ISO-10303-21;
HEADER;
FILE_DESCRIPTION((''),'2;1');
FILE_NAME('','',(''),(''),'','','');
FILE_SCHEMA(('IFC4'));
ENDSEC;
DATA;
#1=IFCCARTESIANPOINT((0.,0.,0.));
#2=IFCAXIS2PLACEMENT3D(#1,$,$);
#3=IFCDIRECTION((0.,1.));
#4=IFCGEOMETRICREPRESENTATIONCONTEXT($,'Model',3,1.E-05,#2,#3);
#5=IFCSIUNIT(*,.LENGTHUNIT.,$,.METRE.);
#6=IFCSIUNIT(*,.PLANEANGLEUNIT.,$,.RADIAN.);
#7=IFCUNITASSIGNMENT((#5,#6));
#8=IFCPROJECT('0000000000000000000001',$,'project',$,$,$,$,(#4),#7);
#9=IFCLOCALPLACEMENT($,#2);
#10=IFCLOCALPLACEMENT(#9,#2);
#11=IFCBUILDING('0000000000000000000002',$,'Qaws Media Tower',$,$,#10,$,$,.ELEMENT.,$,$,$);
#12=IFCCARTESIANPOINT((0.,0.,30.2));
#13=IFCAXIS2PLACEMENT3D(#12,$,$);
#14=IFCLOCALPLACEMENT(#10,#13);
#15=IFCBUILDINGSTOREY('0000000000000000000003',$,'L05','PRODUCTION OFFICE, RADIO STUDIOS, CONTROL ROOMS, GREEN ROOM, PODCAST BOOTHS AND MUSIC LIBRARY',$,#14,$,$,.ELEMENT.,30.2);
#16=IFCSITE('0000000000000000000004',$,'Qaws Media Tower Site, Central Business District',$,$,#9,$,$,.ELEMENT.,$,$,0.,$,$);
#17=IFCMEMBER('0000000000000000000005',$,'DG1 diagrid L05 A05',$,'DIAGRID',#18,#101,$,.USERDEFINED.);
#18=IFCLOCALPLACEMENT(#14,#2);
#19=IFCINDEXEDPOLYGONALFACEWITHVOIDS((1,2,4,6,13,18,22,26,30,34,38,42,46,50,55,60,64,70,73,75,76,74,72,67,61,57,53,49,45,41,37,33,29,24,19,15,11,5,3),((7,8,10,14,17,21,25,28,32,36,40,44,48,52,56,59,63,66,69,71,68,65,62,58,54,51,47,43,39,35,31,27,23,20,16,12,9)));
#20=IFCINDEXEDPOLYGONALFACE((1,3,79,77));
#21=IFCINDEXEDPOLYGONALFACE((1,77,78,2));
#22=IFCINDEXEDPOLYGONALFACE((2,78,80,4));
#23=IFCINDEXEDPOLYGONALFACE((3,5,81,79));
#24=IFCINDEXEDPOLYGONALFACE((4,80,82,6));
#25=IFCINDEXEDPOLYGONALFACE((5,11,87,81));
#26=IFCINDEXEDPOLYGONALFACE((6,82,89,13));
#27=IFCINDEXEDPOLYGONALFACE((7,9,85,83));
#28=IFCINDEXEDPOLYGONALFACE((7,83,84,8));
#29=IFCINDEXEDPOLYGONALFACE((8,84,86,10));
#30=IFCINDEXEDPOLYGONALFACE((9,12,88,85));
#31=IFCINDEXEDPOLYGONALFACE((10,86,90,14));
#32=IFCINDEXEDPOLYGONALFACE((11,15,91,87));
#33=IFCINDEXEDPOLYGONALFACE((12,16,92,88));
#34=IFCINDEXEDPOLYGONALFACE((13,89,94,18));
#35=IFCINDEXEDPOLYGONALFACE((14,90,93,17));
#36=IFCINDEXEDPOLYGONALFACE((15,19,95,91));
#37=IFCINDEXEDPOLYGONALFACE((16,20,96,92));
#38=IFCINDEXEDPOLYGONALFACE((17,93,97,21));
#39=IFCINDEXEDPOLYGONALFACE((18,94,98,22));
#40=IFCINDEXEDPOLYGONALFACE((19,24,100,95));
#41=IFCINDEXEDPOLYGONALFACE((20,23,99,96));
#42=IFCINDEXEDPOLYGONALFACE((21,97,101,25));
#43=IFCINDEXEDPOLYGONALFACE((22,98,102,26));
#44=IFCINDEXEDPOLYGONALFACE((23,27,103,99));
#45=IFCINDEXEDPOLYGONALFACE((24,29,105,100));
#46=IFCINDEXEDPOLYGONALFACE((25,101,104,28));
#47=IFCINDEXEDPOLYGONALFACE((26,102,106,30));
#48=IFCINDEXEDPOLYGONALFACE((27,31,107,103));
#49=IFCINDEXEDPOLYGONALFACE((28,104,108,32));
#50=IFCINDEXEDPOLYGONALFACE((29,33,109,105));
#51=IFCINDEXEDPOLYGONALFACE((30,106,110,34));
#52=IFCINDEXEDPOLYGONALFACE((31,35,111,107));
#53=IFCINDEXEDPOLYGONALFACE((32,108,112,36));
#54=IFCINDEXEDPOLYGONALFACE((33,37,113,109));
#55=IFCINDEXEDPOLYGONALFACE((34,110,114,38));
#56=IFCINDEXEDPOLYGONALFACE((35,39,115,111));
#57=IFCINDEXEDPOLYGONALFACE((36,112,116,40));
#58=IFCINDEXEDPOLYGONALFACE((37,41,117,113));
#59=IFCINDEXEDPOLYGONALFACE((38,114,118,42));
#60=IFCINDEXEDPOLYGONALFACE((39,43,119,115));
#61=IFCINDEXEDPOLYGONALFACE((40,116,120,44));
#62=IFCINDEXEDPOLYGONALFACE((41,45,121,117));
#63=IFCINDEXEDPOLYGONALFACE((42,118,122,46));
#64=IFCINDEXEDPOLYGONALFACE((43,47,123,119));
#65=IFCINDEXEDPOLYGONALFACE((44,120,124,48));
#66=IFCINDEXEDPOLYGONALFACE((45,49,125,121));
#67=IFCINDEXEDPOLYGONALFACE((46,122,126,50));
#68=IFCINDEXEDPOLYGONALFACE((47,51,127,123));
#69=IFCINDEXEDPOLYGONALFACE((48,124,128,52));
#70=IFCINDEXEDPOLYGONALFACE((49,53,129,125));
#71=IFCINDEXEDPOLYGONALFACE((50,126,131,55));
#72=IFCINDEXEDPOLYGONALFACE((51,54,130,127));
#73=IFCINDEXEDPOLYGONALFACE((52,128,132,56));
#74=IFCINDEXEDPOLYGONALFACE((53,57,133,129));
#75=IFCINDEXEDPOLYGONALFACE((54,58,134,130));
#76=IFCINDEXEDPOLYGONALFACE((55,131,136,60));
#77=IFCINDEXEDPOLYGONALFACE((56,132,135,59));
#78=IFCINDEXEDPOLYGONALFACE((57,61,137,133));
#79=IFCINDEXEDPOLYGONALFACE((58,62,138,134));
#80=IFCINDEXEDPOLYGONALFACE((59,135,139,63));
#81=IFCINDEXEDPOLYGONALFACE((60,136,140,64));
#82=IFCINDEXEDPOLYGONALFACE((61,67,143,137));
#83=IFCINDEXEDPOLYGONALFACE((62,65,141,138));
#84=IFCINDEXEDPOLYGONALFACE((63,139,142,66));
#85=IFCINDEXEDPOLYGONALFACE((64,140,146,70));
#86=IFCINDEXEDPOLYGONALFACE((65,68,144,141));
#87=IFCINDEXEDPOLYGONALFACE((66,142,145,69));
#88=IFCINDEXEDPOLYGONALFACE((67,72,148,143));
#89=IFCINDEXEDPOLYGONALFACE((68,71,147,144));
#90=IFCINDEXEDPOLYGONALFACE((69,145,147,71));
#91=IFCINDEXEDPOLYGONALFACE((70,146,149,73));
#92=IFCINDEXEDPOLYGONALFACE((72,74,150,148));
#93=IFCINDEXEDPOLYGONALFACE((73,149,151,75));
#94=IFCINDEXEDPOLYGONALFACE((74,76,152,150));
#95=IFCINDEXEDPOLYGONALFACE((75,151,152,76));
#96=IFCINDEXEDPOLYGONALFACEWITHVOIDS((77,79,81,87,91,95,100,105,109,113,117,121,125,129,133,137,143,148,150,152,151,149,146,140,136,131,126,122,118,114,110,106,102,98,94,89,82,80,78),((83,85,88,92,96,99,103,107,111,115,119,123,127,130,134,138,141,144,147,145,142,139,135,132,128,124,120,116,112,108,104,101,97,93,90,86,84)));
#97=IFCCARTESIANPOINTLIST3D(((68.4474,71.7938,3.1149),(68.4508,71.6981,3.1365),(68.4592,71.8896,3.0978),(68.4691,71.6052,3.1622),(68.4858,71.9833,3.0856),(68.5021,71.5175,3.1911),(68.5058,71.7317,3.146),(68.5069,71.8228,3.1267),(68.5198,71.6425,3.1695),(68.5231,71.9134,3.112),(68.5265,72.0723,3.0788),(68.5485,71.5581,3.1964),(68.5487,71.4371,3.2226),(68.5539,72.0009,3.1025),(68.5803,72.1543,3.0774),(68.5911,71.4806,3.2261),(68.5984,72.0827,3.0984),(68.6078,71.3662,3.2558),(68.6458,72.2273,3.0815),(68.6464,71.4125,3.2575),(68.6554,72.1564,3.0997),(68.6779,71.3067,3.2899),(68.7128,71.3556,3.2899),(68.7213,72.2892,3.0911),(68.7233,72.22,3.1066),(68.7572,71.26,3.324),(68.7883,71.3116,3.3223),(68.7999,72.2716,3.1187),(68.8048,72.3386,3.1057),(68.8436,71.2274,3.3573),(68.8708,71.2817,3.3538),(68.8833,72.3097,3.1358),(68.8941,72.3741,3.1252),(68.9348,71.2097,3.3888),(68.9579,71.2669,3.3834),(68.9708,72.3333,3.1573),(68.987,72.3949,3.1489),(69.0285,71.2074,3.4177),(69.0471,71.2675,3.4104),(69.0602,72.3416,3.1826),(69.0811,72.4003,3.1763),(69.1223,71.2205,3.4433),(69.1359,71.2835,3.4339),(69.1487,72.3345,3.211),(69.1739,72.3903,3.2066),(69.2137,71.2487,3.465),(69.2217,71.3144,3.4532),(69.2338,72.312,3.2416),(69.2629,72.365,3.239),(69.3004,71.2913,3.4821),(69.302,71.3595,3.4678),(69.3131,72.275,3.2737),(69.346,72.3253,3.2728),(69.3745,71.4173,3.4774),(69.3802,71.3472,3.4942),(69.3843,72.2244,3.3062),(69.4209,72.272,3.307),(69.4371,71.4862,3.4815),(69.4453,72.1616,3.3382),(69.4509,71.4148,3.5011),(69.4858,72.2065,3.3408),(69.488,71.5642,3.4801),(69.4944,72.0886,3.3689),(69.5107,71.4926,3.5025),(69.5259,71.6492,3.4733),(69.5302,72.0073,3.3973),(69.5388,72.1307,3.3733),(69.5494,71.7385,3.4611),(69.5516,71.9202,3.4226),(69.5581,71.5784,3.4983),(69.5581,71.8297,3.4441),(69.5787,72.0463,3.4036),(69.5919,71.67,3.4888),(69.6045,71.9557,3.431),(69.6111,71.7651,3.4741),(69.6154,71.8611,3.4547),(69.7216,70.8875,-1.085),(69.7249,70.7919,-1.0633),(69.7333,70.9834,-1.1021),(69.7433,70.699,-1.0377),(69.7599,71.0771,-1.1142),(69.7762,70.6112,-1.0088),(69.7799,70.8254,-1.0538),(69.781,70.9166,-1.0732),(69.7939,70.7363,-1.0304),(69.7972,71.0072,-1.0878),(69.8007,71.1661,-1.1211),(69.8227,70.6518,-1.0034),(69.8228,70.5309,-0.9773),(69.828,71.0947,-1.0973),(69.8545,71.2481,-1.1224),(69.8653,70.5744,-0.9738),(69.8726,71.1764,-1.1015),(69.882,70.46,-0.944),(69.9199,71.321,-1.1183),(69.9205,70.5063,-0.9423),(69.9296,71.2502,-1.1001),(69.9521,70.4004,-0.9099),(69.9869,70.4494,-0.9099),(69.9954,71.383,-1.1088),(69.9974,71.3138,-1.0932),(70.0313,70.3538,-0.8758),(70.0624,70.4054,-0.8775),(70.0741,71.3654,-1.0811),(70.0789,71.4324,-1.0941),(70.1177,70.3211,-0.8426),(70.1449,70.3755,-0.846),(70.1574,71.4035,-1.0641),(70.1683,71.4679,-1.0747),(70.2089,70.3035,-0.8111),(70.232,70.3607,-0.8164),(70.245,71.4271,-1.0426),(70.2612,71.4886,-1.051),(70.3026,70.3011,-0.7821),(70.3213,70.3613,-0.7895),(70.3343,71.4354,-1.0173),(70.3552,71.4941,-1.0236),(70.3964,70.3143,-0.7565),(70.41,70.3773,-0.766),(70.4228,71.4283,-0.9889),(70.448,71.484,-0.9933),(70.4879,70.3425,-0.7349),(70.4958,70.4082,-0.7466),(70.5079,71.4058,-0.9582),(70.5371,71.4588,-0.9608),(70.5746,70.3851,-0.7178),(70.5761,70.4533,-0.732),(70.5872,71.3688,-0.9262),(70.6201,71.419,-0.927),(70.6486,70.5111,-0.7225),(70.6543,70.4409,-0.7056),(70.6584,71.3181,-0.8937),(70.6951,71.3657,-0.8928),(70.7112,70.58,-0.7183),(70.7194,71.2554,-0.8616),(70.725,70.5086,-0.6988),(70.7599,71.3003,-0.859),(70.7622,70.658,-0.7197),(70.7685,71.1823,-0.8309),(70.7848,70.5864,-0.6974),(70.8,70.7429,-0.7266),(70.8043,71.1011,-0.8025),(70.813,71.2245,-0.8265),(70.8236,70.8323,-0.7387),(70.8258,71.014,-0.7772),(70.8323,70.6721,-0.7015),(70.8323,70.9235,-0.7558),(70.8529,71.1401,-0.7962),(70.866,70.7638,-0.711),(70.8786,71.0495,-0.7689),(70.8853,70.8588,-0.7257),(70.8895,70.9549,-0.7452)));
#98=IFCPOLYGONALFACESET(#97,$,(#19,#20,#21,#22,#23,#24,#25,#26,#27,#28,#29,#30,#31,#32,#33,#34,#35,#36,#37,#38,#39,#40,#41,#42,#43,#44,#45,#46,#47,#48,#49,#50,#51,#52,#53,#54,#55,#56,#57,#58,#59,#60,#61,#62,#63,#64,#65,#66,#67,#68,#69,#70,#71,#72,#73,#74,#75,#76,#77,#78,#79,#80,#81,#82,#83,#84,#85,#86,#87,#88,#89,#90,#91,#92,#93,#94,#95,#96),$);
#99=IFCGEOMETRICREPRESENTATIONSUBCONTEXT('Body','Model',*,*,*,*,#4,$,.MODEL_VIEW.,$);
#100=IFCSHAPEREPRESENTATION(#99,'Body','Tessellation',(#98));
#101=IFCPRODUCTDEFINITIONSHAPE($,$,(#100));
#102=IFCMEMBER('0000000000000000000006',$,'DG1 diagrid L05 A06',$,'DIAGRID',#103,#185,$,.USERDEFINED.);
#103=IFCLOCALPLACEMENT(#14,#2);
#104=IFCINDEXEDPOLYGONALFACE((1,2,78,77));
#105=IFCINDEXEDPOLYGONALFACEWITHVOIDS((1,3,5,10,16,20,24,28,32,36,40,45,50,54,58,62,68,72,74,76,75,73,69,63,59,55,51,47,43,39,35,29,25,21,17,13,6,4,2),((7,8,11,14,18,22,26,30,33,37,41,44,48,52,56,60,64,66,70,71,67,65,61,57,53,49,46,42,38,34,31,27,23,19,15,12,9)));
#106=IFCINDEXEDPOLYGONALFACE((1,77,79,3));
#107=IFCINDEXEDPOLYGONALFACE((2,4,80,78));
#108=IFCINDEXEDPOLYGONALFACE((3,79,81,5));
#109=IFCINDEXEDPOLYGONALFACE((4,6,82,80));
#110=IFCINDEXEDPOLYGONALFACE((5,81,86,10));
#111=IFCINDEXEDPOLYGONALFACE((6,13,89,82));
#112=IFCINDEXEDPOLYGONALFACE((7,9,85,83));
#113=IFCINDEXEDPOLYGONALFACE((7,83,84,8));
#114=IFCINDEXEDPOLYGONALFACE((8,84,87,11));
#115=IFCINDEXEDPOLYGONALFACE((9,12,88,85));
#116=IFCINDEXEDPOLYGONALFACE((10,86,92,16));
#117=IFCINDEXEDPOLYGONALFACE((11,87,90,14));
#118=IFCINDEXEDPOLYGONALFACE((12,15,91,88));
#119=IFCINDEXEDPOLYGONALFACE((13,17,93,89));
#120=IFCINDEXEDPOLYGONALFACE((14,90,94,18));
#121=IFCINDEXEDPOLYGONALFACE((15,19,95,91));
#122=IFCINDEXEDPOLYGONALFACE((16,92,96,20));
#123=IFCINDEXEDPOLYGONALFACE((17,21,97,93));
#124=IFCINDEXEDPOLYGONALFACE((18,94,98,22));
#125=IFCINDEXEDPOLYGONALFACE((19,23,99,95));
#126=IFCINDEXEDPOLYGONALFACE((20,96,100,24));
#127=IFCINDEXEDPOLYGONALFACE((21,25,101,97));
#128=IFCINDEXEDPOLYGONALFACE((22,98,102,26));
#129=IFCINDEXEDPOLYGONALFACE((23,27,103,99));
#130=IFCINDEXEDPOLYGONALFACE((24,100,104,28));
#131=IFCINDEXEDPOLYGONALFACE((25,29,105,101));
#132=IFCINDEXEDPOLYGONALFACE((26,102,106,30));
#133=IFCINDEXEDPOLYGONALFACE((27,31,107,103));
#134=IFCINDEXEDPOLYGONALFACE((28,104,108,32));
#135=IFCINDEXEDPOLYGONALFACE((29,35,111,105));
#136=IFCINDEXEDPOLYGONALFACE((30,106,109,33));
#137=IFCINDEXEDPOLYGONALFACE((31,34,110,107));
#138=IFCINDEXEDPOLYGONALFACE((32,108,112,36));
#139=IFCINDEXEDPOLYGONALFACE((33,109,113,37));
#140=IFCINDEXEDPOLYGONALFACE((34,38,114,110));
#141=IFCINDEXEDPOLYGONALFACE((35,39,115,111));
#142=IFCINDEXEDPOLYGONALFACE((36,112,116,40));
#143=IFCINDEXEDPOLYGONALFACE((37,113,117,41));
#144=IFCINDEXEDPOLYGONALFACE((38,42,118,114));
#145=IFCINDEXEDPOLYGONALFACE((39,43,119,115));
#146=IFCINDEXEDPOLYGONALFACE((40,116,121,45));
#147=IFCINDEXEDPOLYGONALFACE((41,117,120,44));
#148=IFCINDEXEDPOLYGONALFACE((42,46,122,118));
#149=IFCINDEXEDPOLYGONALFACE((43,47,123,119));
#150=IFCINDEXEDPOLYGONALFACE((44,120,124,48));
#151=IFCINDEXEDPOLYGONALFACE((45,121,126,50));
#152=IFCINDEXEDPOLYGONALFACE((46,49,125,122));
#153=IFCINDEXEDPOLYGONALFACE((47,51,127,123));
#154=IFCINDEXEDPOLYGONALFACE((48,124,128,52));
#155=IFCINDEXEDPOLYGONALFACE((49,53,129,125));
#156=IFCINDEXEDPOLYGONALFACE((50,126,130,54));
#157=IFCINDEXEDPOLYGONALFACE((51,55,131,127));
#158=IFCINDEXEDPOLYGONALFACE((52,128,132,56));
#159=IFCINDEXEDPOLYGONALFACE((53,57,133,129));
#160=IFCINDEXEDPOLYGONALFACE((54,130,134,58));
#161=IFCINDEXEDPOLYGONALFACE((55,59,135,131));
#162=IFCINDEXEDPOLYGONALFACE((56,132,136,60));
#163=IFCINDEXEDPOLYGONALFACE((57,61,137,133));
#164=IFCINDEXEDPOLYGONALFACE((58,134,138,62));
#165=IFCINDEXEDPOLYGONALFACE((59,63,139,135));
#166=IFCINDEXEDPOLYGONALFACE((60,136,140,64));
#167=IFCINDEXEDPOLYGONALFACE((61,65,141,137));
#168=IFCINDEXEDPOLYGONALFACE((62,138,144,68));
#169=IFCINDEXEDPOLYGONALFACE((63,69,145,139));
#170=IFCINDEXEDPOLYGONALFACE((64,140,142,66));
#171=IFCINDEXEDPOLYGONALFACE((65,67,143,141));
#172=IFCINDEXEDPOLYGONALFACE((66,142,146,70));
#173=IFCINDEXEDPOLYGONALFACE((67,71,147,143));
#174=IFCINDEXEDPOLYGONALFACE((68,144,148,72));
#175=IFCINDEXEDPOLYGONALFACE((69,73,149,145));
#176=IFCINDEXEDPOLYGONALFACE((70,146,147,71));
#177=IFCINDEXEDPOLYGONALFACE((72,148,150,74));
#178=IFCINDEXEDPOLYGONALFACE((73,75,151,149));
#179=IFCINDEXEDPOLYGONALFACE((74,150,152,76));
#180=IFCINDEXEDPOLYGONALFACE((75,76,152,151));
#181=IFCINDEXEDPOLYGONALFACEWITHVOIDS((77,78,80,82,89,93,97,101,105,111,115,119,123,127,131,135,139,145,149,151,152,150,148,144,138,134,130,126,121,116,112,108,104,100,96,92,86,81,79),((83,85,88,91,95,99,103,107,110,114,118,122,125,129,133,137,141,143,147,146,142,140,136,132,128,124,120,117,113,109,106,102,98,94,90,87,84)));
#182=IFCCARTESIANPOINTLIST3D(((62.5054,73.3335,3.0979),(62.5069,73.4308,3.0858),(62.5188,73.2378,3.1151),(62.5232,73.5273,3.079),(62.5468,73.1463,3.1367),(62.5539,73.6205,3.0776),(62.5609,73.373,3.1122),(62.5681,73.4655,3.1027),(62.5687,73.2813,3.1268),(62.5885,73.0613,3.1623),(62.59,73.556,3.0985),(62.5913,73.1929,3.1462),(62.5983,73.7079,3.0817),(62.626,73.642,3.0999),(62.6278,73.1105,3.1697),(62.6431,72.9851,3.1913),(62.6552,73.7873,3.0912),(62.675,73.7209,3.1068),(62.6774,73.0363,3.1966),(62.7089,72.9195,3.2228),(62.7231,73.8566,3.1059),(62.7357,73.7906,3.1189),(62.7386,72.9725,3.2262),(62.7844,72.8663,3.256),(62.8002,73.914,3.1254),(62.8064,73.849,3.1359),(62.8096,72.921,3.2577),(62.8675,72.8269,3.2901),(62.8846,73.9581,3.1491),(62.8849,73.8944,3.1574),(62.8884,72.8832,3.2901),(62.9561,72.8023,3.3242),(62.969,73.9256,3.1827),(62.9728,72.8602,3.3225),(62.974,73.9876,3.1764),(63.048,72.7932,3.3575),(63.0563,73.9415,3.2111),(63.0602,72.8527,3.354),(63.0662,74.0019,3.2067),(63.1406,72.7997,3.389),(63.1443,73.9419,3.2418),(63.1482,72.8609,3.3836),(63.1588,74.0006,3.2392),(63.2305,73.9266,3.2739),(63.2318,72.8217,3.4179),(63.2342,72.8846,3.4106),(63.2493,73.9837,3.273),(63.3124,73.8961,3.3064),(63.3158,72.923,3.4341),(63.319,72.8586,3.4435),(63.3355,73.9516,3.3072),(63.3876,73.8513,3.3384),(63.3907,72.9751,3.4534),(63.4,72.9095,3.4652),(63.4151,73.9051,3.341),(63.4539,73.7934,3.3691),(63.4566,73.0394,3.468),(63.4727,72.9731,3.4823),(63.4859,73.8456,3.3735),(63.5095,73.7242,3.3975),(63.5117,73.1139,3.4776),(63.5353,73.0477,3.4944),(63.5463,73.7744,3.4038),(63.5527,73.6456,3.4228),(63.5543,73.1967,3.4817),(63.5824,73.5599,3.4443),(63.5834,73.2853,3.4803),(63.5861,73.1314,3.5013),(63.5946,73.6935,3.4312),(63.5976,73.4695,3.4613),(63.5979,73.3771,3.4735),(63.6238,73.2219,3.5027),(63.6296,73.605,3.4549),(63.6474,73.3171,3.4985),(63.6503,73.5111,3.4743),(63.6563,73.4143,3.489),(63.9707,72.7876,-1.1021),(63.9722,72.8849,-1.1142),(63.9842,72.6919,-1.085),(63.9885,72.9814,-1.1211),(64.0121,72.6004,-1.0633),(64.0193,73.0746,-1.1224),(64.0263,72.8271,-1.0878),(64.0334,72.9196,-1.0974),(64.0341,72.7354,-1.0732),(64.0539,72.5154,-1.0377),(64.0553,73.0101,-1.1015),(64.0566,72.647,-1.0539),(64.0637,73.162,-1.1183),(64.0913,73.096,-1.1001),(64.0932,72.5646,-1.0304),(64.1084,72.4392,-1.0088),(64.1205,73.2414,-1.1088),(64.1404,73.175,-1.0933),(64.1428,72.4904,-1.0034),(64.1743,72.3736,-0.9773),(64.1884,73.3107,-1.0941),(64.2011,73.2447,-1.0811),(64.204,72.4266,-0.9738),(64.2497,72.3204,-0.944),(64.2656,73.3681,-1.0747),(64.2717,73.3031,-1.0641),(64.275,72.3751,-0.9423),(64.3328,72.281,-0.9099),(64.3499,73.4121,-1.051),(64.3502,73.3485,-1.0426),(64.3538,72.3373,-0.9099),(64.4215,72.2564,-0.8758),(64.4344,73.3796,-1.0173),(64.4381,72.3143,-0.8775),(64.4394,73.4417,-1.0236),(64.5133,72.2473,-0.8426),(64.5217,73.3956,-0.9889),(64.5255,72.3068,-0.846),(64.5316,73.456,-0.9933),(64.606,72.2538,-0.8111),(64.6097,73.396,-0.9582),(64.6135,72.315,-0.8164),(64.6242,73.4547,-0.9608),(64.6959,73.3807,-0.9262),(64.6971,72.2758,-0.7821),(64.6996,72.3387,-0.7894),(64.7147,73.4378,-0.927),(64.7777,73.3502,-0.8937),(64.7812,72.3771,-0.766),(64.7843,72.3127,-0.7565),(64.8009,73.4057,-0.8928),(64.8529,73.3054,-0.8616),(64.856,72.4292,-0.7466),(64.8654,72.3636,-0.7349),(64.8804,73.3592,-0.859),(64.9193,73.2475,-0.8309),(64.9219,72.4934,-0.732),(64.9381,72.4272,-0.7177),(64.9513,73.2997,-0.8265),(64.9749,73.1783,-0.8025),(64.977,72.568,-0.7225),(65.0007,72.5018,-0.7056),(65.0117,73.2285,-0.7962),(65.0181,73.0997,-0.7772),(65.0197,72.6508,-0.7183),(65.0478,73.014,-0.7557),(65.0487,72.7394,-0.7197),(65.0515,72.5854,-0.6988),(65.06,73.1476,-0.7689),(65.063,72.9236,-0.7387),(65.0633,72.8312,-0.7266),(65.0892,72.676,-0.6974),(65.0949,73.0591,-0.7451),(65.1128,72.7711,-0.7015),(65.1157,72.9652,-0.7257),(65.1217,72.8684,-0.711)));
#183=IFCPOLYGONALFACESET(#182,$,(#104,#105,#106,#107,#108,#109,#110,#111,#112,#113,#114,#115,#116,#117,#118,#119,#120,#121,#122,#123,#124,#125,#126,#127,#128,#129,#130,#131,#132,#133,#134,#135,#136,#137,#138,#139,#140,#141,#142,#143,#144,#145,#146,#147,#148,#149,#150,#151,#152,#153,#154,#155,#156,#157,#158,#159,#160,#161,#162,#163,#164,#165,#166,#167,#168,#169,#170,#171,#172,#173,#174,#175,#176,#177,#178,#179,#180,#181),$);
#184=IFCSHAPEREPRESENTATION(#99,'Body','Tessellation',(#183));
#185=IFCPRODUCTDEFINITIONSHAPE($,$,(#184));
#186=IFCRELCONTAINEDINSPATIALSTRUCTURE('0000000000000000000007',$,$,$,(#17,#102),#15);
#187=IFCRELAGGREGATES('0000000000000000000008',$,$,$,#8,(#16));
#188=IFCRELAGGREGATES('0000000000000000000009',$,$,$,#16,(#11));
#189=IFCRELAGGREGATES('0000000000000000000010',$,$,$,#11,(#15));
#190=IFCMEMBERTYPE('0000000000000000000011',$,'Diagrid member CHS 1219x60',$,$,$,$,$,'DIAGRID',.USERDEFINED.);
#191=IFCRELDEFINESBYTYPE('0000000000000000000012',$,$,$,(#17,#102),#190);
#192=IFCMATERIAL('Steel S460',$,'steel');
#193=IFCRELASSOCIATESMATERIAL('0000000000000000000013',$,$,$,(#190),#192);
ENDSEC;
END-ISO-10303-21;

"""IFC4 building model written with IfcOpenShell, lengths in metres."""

from ifc_helpers import new_model, si_unit, direction, frame, origin, origin_2d, place, context, subcontext, project, spatial, hollow_circle, extrude, material, material_profile, profile_set, type_object, element, save


model = new_model("IFC4")

# Units and contexts
model_context = context("Model", 3, precision=1e-05, world=origin(), true_north=direction((0.0, 1.0)))
body_context = subcontext(model_context, "Body", "Model", "MODEL_VIEW")
ifc_project = project(units=[si_unit("LENGTHUNIT", "METRE"), si_unit("PLANEANGLEUNIT", "RADIAN")], contexts=[model_context])

# Site, building, storey
site_placement = place(None, origin())
site = spatial("IfcSite", under=ifc_project, at=site_placement, Name="Qaws Media Tower Site, Central Business District", CompositionType="ELEMENT", RefElevation=0.0)
building_placement = place(site_placement, origin())
building = spatial("IfcBuilding", under=site, at=building_placement, Name="Qaws Media Tower", CompositionType="ELEMENT")
storey_placement = place(building_placement, frame((0.0, 0.0, 30.2)))
storey = spatial("IfcBuildingStorey", under=building, at=storey_placement, Name="L05", Description="PRODUCTION OFFICE, RADIO STUDIOS, CONTROL ROOMS, GREEN ROOM, PODCAST BOOTHS AND MUSIC LIBRARY", CompositionType="ELEMENT", Elevation=30.2)

# Members
ifc_material_1 = material(Name="Steel S460", Category="steel")
ifc_material_profile_1 = material_profile(ifc_material_1, hollow_circle(Radius=0.6096, WallThickness=0.0601, at=origin_2d()), Name="CHS 1219x60")
ifc_profile_set_1 = profile_set([ifc_material_profile_1], Name="Steel S460")
member_type_1 = type_object("IfcMemberType", Name="Diagrid member CHS 1219x60", ElementType="DIAGRID", PredefinedType="USERDEFINED", material=ifc_profile_set_1)
member_1_placement = place(storey_placement, frame((70.3054, 70.8972, -0.9099), z_axis=(-0.284314, 0.202217, 0.937163), x_axis=(-0.579598, -0.814903, 0.0)))
element("IfcMember", 1, at=member_1_placement, inside=storey, type_object=member_type_1, Name="DG1 diagrid L05 A05", ObjectType="DIAGRID", PredefinedType="USERDEFINED", context=body_context, shape_type="SweptSolid", body=[
    extrude(hollow_circle(Radius=0.6096, WallThickness=0.0601, at=origin_2d()), origin(), (0.0, 0.0, 1.0), 4.4814),
])
member_2_placement = place(storey_placement, frame((64.5457, 72.8523, -0.9099), z_axis=(-0.326966, 0.121809, 0.937153), x_axis=(-0.349104, -0.937084, 0.0)))
element("IfcMember", 2, at=member_2_placement, inside=storey, type_object=member_type_1, Name="DG1 diagrid L05 A06", ObjectType="DIAGRID", PredefinedType="USERDEFINED", context=body_context, shape_type="SweptSolid", body=[
    extrude(hollow_circle(Radius=0.6096, WallThickness=0.0601, at=origin_2d()), origin(), (0.0, 0.0, 1.0), 4.4817),
])

save(model, "model.ifc")
